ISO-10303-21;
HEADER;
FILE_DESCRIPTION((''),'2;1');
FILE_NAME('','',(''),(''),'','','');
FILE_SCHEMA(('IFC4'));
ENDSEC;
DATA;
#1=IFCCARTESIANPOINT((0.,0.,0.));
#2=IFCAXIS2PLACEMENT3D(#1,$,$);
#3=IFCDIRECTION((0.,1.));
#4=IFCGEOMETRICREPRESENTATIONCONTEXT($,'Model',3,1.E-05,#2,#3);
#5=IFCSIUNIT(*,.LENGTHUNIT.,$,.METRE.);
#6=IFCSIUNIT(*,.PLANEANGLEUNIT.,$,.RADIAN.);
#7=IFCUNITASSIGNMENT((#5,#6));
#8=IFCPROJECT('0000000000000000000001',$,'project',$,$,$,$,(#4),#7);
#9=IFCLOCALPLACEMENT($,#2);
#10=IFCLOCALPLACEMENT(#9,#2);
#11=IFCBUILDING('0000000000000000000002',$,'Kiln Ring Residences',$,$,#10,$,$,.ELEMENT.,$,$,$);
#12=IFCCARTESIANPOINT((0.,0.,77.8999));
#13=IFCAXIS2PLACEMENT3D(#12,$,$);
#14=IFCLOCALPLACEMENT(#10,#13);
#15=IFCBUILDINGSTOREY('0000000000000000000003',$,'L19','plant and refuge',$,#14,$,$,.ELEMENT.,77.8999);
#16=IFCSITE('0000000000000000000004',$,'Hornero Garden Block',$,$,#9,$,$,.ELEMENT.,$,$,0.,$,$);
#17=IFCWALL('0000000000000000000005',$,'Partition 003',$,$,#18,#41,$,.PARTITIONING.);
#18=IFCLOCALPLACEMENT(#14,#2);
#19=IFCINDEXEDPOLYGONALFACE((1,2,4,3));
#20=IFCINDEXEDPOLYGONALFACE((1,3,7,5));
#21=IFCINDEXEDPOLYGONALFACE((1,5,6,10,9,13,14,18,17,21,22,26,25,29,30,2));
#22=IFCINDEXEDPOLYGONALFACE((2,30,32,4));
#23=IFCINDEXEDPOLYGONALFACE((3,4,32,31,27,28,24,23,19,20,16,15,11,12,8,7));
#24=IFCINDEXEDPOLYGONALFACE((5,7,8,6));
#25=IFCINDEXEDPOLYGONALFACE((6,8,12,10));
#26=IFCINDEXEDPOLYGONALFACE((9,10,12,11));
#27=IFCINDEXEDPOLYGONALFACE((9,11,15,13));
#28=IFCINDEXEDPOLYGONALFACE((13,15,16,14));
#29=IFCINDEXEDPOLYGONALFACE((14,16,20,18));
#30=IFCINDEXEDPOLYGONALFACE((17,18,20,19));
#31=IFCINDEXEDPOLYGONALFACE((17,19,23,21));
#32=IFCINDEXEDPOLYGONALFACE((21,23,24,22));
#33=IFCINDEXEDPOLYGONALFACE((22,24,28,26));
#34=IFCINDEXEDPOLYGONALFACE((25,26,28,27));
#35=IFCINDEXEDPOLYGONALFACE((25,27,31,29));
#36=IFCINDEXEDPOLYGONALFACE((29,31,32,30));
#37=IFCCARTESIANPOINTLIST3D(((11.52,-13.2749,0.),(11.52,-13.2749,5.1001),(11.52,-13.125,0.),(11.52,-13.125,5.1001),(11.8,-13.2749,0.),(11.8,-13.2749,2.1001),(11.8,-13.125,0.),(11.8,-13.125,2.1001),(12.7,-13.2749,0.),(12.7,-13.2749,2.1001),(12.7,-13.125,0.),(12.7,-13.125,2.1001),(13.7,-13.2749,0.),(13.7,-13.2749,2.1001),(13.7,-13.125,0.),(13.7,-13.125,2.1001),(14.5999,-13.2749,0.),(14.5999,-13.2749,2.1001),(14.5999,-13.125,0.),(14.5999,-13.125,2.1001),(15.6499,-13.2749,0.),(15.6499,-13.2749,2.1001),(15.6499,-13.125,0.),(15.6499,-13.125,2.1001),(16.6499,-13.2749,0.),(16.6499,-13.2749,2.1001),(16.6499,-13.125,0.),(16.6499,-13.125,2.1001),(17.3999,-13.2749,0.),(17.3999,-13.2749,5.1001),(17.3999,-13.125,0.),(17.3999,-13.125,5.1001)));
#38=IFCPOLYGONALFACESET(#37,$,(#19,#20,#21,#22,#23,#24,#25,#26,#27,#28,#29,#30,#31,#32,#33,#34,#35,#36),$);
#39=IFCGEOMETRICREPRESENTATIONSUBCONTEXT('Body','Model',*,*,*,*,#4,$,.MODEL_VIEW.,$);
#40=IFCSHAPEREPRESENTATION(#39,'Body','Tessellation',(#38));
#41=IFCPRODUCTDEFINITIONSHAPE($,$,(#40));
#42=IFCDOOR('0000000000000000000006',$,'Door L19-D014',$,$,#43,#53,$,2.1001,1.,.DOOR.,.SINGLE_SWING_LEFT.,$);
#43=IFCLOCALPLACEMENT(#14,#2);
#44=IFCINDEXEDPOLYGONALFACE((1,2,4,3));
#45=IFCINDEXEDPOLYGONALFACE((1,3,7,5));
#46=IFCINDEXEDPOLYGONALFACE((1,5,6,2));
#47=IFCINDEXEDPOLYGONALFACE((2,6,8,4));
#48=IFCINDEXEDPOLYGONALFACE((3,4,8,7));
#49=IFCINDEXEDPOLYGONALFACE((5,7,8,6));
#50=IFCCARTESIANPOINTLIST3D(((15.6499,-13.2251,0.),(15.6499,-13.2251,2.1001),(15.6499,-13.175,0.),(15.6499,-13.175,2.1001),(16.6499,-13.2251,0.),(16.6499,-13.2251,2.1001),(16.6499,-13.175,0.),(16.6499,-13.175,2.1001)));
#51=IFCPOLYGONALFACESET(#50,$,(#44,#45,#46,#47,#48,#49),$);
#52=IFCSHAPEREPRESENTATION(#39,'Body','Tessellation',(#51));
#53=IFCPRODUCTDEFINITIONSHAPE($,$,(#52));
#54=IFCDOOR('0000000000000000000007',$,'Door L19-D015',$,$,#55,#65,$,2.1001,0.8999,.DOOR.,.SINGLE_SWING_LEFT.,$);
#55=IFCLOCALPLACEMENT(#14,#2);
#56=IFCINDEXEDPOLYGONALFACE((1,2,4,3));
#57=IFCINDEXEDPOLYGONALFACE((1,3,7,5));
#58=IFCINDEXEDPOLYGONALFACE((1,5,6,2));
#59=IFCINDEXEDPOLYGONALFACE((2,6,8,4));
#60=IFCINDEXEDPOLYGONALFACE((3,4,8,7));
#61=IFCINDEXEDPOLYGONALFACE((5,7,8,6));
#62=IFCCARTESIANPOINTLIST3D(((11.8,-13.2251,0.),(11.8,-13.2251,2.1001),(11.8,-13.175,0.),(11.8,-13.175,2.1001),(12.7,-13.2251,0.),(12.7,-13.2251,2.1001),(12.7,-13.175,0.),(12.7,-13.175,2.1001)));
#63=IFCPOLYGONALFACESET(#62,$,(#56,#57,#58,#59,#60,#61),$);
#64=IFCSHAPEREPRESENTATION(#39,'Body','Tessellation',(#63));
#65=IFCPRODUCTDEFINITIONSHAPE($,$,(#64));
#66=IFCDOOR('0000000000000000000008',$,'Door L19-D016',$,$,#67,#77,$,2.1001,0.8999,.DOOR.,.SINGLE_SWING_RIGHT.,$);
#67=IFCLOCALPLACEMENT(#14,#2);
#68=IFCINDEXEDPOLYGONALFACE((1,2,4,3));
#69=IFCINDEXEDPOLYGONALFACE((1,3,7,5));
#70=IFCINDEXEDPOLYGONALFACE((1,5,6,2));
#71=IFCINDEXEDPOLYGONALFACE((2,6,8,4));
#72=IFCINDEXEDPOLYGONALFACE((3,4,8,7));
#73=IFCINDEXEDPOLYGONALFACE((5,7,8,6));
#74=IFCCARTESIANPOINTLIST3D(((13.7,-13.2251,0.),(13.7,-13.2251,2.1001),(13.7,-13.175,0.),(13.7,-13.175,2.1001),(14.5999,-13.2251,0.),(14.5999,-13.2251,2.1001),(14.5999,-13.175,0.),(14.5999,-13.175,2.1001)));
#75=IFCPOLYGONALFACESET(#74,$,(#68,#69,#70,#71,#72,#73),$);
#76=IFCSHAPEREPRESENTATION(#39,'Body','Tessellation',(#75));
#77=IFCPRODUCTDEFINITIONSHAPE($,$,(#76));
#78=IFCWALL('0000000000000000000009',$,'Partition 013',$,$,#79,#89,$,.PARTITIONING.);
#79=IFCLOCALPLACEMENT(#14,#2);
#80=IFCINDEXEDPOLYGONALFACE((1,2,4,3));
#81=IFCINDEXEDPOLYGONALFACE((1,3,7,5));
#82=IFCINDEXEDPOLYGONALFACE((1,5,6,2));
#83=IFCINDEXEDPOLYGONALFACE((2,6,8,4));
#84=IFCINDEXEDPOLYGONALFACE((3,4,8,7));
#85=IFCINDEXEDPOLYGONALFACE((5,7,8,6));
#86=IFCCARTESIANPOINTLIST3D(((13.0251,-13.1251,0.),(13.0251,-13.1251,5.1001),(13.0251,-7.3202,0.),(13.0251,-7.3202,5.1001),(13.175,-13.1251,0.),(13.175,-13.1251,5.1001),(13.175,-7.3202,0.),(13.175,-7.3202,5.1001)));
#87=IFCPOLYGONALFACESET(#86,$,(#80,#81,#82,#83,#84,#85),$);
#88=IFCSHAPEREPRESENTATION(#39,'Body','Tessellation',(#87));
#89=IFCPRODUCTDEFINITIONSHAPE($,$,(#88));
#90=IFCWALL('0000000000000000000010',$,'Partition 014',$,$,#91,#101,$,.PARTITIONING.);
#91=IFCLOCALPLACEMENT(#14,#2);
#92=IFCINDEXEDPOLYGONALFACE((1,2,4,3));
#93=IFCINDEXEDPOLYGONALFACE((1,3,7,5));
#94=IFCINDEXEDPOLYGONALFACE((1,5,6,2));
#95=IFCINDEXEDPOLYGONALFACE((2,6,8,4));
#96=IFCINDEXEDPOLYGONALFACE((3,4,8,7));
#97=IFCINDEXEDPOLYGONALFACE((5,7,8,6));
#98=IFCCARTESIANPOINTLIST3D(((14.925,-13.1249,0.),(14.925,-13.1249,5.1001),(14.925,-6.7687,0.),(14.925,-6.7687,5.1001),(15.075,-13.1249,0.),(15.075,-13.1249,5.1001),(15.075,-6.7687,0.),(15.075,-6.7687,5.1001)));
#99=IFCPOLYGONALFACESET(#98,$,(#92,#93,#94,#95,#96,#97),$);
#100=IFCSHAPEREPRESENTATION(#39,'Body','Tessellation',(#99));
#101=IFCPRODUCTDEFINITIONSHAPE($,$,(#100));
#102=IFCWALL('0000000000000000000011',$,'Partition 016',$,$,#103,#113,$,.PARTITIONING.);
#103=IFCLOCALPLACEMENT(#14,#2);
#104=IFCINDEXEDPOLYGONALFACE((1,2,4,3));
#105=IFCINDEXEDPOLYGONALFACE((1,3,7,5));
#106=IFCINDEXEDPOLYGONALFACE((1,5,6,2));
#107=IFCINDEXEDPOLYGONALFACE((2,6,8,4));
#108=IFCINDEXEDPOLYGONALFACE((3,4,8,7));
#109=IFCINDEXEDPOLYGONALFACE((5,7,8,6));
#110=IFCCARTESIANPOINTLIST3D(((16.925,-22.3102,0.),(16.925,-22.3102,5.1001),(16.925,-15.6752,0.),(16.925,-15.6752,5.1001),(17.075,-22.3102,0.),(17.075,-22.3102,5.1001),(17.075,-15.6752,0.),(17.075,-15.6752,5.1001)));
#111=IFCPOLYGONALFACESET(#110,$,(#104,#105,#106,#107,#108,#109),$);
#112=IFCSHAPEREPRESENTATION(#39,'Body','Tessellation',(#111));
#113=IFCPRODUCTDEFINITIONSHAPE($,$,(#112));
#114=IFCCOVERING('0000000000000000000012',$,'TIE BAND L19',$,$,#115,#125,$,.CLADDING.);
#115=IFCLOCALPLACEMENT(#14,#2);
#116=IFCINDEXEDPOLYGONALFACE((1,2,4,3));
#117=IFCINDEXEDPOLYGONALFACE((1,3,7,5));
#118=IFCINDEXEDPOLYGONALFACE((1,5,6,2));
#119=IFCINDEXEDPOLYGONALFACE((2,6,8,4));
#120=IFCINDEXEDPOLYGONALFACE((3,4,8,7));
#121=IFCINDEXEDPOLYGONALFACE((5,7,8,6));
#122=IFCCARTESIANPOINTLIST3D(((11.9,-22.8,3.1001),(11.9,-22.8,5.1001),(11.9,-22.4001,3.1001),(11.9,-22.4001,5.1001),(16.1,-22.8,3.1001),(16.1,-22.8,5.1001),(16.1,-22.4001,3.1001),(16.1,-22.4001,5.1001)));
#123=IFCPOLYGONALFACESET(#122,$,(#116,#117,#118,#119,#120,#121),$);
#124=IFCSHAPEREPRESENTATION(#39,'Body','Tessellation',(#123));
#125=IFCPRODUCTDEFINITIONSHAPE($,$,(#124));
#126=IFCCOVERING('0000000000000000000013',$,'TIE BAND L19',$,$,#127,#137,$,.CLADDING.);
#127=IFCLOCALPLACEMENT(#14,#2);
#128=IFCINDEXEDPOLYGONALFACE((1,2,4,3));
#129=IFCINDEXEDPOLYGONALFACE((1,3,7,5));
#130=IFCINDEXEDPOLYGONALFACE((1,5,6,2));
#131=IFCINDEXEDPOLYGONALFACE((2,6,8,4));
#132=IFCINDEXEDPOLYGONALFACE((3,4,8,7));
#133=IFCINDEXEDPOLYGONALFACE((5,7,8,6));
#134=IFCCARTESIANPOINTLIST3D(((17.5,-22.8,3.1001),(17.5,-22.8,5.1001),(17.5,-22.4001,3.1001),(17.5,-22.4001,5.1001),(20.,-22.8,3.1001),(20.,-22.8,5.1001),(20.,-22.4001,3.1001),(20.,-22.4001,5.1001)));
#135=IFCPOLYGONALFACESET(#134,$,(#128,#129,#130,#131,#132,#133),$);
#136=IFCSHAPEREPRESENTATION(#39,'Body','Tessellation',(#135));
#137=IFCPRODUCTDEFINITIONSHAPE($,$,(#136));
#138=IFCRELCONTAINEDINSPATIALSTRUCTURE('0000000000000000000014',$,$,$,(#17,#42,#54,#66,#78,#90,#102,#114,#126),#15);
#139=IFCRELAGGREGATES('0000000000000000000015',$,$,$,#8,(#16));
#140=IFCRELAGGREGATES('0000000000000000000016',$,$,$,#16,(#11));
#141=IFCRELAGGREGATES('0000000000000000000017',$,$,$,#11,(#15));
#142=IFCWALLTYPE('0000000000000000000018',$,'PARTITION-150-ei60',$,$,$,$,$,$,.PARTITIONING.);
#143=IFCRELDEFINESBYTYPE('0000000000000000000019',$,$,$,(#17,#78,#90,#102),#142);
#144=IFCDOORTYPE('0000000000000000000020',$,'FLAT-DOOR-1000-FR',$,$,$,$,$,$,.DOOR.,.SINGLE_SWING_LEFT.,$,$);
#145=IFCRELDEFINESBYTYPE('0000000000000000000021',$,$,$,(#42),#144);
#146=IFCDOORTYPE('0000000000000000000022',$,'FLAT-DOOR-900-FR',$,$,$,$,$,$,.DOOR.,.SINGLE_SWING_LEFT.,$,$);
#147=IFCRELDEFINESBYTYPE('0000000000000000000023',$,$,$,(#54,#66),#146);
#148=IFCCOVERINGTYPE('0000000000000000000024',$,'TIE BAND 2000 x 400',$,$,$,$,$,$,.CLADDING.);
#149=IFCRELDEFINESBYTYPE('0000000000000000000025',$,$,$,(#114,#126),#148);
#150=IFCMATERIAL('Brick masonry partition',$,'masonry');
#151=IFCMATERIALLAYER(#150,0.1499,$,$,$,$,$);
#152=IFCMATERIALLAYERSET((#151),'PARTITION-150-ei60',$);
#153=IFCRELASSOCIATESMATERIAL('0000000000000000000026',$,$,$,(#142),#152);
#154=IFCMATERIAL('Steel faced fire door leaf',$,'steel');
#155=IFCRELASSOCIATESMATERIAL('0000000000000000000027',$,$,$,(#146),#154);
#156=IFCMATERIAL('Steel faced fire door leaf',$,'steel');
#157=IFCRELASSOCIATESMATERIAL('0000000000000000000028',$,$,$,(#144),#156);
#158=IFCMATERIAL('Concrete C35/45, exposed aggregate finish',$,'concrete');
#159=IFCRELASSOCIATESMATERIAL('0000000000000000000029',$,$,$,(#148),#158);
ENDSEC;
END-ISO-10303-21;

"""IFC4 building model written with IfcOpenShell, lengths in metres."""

from ifc_helpers import new_model, si_unit, direction, frame, frame_2d, origin, origin_2d, place, context, subcontext, project, spatial, rectangle, extrude, material, layer, layer_set, type_object, element, fill, save


model = new_model("IFC4")

# Units and contexts
model_context = context("Model", 3, precision=1e-05, world=origin(), true_north=direction((0.0, 1.0)))
body_context = subcontext(model_context, "Body", "Model", "MODEL_VIEW")
ifc_project = project(units=[si_unit("LENGTHUNIT", "METRE"), si_unit("PLANEANGLEUNIT", "RADIAN")], contexts=[model_context])

# Site, building, storey
site_placement = place(None, origin())
site = spatial("IfcSite", under=ifc_project, at=site_placement, Name="Hornero Garden Block", CompositionType="ELEMENT", RefElevation=0.0)
building_placement = place(site_placement, origin())
building = spatial("IfcBuilding", under=site, at=building_placement, Name="Kiln Ring Residences", CompositionType="ELEMENT")
storey_placement = place(building_placement, frame((0.0, 0.0, 77.8999)))
storey = spatial("IfcBuildingStorey", under=building, at=storey_placement, Name="L19", Description="plant and refuge", CompositionType="ELEMENT", Elevation=77.8999)

# Wall, openings, doors
ifc_material_1 = material(Name="Brick masonry partition", Category="masonry")
ifc_layer_1 = layer(ifc_material_1, 0.1499)
ifc_layer_set_1 = layer_set([ifc_layer_1], Name="PARTITION-150-ei60")
wall_type_1 = type_object("IfcWallType", Name="PARTITION-150-ei60", PredefinedType="PARTITIONING", material=ifc_layer_set_1)
ifc_material_2 = material(Name="Steel faced fire door leaf", Category="steel")
door_type_1 = type_object("IfcDoorType", Name="FLAT-DOOR-900-FR", OperationType="SINGLE_SWING_LEFT", PredefinedType="DOOR", material=ifc_material_2)
wall_1_placement = place(storey_placement, frame((11.52, -13.2, 0.0), z_axis=(0.0, 0.0, 1.0), x_axis=(1.0, 0.0, 0.0)))
wall_1 = element("IfcWall", 1, at=wall_1_placement, inside=storey, type_object=wall_type_1, Name="Partition 003", PredefinedType="PARTITIONING", context=body_context, shape_type="SweptSolid", body=[
    extrude(rectangle(XDim=5.8799, YDim=0.1499, at=frame_2d((2.9399, 0.0))), origin(), (0.0, 0.0, 1.0), 5.1001),
])
opening_1_placement = place(wall_1_placement, frame((4.1299, 0.0, 0.0)))
opening_1 = element("IfcOpeningElement", 2, at=opening_1_placement, cuts=wall_1, PredefinedType="OPENING", context=body_context, shape_type="SweptSolid", body=[
    extrude(rectangle(XDim=1.0, YDim=2.1001, at=frame_2d((0.5, 1.05))), frame((0.0, 0.085, 0.0), z_axis=(0.0, -1.0, 0.0), x_axis=(1.0, 0.0, 0.0)), (0.0, 0.0, 1.0), 0.1699),
])
opening_2_placement = place(wall_1_placement, frame((0.28, 0.0, 0.0)))
opening_2 = element("IfcOpeningElement", 3, at=opening_2_placement, cuts=wall_1, PredefinedType="OPENING", context=body_context, shape_type="SweptSolid", body=[
    extrude(rectangle(XDim=0.8999, YDim=2.1001, at=frame_2d((0.45, 1.05))), frame((0.0, 0.085, 0.0), z_axis=(0.0, -1.0, 0.0), x_axis=(1.0, 0.0, 0.0)), (0.0, 0.0, 1.0), 0.1699),
])
opening_3_placement = place(wall_1_placement, frame((2.1799, 0.0, 0.0)))
opening_3 = element("IfcOpeningElement", 4, at=opening_3_placement, cuts=wall_1, PredefinedType="OPENING", context=body_context, shape_type="SweptSolid", body=[
    extrude(rectangle(XDim=0.8999, YDim=2.1001, at=frame_2d((0.45, 1.05))), frame((0.0, 0.085, 0.0), z_axis=(0.0, -1.0, 0.0), x_axis=(1.0, 0.0, 0.0)), (0.0, 0.0, 1.0), 0.1699),
])
ifc_material_3 = material(Name="Steel faced fire door leaf", Category="steel")
door_type_2 = type_object("IfcDoorType", Name="FLAT-DOOR-1000-FR", OperationType="SINGLE_SWING_LEFT", PredefinedType="DOOR", material=ifc_material_3)
door_1_placement = place(opening_1_placement, origin())
door_1 = element("IfcDoor", 5, at=door_1_placement, inside=storey, type_object=door_type_2, Name="Door L19-D014", OperationType="SINGLE_SWING_LEFT", OverallHeight=2.1001, OverallWidth=1.0, PredefinedType="DOOR", context=body_context, shape_type="SweptSolid", body=[
    extrude(rectangle(XDim=1.0, YDim=2.1001, at=frame_2d((0.5, 1.05))), frame((0.0, 0.0249, 0.0), z_axis=(0.0, -1.0, 0.0), x_axis=(1.0, 0.0, 0.0)), (0.0, 0.0, 1.0), 0.05),
])
fill(opening_1, door_1)
door_2_placement = place(opening_2_placement, origin())
door_2 = element("IfcDoor", 6, at=door_2_placement, inside=storey, type_object=door_type_1, Name="Door L19-D015", OperationType="SINGLE_SWING_LEFT", OverallHeight=2.1001, OverallWidth=0.8999, PredefinedType="DOOR", context=body_context, shape_type="SweptSolid", body=[
    extrude(rectangle(XDim=0.8999, YDim=2.1001, at=frame_2d((0.45, 1.05))), frame((0.0, 0.0249, 0.0), z_axis=(0.0, -1.0, 0.0), x_axis=(1.0, 0.0, 0.0)), (0.0, 0.0, 1.0), 0.05),
])
fill(opening_2, door_2)
door_3_placement = place(opening_3_placement, origin())
door_3 = element("IfcDoor", 7, at=door_3_placement, inside=storey, type_object=door_type_1, Name="Door L19-D016", OperationType="SINGLE_SWING_RIGHT", OverallHeight=2.1001, OverallWidth=0.8999, PredefinedType="DOOR", context=body_context, shape_type="SweptSolid", body=[
    extrude(rectangle(XDim=0.8999, YDim=2.1001, at=frame_2d((0.45, 1.05))), frame((0.0, 0.0249, 0.0), z_axis=(0.0, -1.0, 0.0), x_axis=(1.0, 0.0, 0.0)), (0.0, 0.0, 1.0), 0.05),
])
fill(opening_3, door_3)

# Walls
wall_2_placement = place(storey_placement, frame((13.1001, -13.125, 0.0), z_axis=(0.0, 0.0, 1.0), x_axis=(0.0, 1.0, 0.0)))
element("IfcWall", 8, at=wall_2_placement, inside=storey, type_object=wall_type_1, Name="Partition 013", PredefinedType="PARTITIONING", context=body_context, shape_type="SweptSolid", body=[
    extrude(rectangle(XDim=5.8049, YDim=0.1499, at=frame_2d((2.9023, 0.0))), origin(), (0.0, 0.0, 1.0), 5.1001),
])
wall_3_placement = place(storey_placement, frame((15.0, -13.125, 0.0), z_axis=(0.0, 0.0, 1.0), x_axis=(0.0, 1.0, 0.0)))
element("IfcWall", 9, at=wall_3_placement, inside=storey, type_object=wall_type_1, Name="Partition 014", PredefinedType="PARTITIONING", context=body_context, shape_type="SweptSolid", body=[
    extrude(rectangle(XDim=6.3562, YDim=0.1499, at=frame_2d((3.1782, 0.0))), origin(), (0.0, 0.0, 1.0), 5.1001),
])
wall_4_placement = place(storey_placement, frame((17.0, -22.3101, 0.0), z_axis=(0.0, 0.0, 1.0), x_axis=(0.0, 1.0, 0.0)))
element("IfcWall", 10, at=wall_4_placement, inside=storey, type_object=wall_type_1, Name="Partition 016", PredefinedType="PARTITIONING", context=body_context, shape_type="SweptSolid", body=[
    extrude(rectangle(XDim=6.635, YDim=0.1499, at=frame_2d((3.3174, 0.0))), origin(), (0.0, 0.0, 1.0), 5.1001),
])

# Coverings
ifc_material_4 = material(Name="Concrete C35/45, exposed aggregate finish", Category="concrete")
covering_type = type_object("IfcCoveringType", Name="TIE BAND 2000 x 400", PredefinedType="CLADDING", material=ifc_material_4)
covering_1_placement = place(storey_placement, frame((14.0, -22.6001, 3.1001), z_axis=(0.0, 0.0, 1.0), x_axis=(1.0, 0.0, 0.0)))
element("IfcCovering", 11, at=covering_1_placement, inside=storey, type_object=covering_type, Name="TIE BAND L19", PredefinedType="CLADDING", context=body_context, shape_type="SweptSolid", body=[
    extrude(rectangle(XDim=4.2, YDim=0.3999, at=origin_2d()), origin(), (0.0, 0.0, 1.0), 2.0),
])
covering_2_placement = place(storey_placement, frame((18.75, -22.6001, 3.1001), z_axis=(0.0, 0.0, 1.0), x_axis=(1.0, 0.0, 0.0)))
element("IfcCovering", 12, at=covering_2_placement, inside=storey, type_object=covering_type, Name="TIE BAND L19", PredefinedType="CLADDING", context=body_context, shape_type="SweptSolid", body=[
    extrude(rectangle(XDim=2.5, YDim=0.3999, at=origin_2d()), origin(), (0.0, 0.0, 1.0), 2.0),
])

save(model, "model.ifc")
